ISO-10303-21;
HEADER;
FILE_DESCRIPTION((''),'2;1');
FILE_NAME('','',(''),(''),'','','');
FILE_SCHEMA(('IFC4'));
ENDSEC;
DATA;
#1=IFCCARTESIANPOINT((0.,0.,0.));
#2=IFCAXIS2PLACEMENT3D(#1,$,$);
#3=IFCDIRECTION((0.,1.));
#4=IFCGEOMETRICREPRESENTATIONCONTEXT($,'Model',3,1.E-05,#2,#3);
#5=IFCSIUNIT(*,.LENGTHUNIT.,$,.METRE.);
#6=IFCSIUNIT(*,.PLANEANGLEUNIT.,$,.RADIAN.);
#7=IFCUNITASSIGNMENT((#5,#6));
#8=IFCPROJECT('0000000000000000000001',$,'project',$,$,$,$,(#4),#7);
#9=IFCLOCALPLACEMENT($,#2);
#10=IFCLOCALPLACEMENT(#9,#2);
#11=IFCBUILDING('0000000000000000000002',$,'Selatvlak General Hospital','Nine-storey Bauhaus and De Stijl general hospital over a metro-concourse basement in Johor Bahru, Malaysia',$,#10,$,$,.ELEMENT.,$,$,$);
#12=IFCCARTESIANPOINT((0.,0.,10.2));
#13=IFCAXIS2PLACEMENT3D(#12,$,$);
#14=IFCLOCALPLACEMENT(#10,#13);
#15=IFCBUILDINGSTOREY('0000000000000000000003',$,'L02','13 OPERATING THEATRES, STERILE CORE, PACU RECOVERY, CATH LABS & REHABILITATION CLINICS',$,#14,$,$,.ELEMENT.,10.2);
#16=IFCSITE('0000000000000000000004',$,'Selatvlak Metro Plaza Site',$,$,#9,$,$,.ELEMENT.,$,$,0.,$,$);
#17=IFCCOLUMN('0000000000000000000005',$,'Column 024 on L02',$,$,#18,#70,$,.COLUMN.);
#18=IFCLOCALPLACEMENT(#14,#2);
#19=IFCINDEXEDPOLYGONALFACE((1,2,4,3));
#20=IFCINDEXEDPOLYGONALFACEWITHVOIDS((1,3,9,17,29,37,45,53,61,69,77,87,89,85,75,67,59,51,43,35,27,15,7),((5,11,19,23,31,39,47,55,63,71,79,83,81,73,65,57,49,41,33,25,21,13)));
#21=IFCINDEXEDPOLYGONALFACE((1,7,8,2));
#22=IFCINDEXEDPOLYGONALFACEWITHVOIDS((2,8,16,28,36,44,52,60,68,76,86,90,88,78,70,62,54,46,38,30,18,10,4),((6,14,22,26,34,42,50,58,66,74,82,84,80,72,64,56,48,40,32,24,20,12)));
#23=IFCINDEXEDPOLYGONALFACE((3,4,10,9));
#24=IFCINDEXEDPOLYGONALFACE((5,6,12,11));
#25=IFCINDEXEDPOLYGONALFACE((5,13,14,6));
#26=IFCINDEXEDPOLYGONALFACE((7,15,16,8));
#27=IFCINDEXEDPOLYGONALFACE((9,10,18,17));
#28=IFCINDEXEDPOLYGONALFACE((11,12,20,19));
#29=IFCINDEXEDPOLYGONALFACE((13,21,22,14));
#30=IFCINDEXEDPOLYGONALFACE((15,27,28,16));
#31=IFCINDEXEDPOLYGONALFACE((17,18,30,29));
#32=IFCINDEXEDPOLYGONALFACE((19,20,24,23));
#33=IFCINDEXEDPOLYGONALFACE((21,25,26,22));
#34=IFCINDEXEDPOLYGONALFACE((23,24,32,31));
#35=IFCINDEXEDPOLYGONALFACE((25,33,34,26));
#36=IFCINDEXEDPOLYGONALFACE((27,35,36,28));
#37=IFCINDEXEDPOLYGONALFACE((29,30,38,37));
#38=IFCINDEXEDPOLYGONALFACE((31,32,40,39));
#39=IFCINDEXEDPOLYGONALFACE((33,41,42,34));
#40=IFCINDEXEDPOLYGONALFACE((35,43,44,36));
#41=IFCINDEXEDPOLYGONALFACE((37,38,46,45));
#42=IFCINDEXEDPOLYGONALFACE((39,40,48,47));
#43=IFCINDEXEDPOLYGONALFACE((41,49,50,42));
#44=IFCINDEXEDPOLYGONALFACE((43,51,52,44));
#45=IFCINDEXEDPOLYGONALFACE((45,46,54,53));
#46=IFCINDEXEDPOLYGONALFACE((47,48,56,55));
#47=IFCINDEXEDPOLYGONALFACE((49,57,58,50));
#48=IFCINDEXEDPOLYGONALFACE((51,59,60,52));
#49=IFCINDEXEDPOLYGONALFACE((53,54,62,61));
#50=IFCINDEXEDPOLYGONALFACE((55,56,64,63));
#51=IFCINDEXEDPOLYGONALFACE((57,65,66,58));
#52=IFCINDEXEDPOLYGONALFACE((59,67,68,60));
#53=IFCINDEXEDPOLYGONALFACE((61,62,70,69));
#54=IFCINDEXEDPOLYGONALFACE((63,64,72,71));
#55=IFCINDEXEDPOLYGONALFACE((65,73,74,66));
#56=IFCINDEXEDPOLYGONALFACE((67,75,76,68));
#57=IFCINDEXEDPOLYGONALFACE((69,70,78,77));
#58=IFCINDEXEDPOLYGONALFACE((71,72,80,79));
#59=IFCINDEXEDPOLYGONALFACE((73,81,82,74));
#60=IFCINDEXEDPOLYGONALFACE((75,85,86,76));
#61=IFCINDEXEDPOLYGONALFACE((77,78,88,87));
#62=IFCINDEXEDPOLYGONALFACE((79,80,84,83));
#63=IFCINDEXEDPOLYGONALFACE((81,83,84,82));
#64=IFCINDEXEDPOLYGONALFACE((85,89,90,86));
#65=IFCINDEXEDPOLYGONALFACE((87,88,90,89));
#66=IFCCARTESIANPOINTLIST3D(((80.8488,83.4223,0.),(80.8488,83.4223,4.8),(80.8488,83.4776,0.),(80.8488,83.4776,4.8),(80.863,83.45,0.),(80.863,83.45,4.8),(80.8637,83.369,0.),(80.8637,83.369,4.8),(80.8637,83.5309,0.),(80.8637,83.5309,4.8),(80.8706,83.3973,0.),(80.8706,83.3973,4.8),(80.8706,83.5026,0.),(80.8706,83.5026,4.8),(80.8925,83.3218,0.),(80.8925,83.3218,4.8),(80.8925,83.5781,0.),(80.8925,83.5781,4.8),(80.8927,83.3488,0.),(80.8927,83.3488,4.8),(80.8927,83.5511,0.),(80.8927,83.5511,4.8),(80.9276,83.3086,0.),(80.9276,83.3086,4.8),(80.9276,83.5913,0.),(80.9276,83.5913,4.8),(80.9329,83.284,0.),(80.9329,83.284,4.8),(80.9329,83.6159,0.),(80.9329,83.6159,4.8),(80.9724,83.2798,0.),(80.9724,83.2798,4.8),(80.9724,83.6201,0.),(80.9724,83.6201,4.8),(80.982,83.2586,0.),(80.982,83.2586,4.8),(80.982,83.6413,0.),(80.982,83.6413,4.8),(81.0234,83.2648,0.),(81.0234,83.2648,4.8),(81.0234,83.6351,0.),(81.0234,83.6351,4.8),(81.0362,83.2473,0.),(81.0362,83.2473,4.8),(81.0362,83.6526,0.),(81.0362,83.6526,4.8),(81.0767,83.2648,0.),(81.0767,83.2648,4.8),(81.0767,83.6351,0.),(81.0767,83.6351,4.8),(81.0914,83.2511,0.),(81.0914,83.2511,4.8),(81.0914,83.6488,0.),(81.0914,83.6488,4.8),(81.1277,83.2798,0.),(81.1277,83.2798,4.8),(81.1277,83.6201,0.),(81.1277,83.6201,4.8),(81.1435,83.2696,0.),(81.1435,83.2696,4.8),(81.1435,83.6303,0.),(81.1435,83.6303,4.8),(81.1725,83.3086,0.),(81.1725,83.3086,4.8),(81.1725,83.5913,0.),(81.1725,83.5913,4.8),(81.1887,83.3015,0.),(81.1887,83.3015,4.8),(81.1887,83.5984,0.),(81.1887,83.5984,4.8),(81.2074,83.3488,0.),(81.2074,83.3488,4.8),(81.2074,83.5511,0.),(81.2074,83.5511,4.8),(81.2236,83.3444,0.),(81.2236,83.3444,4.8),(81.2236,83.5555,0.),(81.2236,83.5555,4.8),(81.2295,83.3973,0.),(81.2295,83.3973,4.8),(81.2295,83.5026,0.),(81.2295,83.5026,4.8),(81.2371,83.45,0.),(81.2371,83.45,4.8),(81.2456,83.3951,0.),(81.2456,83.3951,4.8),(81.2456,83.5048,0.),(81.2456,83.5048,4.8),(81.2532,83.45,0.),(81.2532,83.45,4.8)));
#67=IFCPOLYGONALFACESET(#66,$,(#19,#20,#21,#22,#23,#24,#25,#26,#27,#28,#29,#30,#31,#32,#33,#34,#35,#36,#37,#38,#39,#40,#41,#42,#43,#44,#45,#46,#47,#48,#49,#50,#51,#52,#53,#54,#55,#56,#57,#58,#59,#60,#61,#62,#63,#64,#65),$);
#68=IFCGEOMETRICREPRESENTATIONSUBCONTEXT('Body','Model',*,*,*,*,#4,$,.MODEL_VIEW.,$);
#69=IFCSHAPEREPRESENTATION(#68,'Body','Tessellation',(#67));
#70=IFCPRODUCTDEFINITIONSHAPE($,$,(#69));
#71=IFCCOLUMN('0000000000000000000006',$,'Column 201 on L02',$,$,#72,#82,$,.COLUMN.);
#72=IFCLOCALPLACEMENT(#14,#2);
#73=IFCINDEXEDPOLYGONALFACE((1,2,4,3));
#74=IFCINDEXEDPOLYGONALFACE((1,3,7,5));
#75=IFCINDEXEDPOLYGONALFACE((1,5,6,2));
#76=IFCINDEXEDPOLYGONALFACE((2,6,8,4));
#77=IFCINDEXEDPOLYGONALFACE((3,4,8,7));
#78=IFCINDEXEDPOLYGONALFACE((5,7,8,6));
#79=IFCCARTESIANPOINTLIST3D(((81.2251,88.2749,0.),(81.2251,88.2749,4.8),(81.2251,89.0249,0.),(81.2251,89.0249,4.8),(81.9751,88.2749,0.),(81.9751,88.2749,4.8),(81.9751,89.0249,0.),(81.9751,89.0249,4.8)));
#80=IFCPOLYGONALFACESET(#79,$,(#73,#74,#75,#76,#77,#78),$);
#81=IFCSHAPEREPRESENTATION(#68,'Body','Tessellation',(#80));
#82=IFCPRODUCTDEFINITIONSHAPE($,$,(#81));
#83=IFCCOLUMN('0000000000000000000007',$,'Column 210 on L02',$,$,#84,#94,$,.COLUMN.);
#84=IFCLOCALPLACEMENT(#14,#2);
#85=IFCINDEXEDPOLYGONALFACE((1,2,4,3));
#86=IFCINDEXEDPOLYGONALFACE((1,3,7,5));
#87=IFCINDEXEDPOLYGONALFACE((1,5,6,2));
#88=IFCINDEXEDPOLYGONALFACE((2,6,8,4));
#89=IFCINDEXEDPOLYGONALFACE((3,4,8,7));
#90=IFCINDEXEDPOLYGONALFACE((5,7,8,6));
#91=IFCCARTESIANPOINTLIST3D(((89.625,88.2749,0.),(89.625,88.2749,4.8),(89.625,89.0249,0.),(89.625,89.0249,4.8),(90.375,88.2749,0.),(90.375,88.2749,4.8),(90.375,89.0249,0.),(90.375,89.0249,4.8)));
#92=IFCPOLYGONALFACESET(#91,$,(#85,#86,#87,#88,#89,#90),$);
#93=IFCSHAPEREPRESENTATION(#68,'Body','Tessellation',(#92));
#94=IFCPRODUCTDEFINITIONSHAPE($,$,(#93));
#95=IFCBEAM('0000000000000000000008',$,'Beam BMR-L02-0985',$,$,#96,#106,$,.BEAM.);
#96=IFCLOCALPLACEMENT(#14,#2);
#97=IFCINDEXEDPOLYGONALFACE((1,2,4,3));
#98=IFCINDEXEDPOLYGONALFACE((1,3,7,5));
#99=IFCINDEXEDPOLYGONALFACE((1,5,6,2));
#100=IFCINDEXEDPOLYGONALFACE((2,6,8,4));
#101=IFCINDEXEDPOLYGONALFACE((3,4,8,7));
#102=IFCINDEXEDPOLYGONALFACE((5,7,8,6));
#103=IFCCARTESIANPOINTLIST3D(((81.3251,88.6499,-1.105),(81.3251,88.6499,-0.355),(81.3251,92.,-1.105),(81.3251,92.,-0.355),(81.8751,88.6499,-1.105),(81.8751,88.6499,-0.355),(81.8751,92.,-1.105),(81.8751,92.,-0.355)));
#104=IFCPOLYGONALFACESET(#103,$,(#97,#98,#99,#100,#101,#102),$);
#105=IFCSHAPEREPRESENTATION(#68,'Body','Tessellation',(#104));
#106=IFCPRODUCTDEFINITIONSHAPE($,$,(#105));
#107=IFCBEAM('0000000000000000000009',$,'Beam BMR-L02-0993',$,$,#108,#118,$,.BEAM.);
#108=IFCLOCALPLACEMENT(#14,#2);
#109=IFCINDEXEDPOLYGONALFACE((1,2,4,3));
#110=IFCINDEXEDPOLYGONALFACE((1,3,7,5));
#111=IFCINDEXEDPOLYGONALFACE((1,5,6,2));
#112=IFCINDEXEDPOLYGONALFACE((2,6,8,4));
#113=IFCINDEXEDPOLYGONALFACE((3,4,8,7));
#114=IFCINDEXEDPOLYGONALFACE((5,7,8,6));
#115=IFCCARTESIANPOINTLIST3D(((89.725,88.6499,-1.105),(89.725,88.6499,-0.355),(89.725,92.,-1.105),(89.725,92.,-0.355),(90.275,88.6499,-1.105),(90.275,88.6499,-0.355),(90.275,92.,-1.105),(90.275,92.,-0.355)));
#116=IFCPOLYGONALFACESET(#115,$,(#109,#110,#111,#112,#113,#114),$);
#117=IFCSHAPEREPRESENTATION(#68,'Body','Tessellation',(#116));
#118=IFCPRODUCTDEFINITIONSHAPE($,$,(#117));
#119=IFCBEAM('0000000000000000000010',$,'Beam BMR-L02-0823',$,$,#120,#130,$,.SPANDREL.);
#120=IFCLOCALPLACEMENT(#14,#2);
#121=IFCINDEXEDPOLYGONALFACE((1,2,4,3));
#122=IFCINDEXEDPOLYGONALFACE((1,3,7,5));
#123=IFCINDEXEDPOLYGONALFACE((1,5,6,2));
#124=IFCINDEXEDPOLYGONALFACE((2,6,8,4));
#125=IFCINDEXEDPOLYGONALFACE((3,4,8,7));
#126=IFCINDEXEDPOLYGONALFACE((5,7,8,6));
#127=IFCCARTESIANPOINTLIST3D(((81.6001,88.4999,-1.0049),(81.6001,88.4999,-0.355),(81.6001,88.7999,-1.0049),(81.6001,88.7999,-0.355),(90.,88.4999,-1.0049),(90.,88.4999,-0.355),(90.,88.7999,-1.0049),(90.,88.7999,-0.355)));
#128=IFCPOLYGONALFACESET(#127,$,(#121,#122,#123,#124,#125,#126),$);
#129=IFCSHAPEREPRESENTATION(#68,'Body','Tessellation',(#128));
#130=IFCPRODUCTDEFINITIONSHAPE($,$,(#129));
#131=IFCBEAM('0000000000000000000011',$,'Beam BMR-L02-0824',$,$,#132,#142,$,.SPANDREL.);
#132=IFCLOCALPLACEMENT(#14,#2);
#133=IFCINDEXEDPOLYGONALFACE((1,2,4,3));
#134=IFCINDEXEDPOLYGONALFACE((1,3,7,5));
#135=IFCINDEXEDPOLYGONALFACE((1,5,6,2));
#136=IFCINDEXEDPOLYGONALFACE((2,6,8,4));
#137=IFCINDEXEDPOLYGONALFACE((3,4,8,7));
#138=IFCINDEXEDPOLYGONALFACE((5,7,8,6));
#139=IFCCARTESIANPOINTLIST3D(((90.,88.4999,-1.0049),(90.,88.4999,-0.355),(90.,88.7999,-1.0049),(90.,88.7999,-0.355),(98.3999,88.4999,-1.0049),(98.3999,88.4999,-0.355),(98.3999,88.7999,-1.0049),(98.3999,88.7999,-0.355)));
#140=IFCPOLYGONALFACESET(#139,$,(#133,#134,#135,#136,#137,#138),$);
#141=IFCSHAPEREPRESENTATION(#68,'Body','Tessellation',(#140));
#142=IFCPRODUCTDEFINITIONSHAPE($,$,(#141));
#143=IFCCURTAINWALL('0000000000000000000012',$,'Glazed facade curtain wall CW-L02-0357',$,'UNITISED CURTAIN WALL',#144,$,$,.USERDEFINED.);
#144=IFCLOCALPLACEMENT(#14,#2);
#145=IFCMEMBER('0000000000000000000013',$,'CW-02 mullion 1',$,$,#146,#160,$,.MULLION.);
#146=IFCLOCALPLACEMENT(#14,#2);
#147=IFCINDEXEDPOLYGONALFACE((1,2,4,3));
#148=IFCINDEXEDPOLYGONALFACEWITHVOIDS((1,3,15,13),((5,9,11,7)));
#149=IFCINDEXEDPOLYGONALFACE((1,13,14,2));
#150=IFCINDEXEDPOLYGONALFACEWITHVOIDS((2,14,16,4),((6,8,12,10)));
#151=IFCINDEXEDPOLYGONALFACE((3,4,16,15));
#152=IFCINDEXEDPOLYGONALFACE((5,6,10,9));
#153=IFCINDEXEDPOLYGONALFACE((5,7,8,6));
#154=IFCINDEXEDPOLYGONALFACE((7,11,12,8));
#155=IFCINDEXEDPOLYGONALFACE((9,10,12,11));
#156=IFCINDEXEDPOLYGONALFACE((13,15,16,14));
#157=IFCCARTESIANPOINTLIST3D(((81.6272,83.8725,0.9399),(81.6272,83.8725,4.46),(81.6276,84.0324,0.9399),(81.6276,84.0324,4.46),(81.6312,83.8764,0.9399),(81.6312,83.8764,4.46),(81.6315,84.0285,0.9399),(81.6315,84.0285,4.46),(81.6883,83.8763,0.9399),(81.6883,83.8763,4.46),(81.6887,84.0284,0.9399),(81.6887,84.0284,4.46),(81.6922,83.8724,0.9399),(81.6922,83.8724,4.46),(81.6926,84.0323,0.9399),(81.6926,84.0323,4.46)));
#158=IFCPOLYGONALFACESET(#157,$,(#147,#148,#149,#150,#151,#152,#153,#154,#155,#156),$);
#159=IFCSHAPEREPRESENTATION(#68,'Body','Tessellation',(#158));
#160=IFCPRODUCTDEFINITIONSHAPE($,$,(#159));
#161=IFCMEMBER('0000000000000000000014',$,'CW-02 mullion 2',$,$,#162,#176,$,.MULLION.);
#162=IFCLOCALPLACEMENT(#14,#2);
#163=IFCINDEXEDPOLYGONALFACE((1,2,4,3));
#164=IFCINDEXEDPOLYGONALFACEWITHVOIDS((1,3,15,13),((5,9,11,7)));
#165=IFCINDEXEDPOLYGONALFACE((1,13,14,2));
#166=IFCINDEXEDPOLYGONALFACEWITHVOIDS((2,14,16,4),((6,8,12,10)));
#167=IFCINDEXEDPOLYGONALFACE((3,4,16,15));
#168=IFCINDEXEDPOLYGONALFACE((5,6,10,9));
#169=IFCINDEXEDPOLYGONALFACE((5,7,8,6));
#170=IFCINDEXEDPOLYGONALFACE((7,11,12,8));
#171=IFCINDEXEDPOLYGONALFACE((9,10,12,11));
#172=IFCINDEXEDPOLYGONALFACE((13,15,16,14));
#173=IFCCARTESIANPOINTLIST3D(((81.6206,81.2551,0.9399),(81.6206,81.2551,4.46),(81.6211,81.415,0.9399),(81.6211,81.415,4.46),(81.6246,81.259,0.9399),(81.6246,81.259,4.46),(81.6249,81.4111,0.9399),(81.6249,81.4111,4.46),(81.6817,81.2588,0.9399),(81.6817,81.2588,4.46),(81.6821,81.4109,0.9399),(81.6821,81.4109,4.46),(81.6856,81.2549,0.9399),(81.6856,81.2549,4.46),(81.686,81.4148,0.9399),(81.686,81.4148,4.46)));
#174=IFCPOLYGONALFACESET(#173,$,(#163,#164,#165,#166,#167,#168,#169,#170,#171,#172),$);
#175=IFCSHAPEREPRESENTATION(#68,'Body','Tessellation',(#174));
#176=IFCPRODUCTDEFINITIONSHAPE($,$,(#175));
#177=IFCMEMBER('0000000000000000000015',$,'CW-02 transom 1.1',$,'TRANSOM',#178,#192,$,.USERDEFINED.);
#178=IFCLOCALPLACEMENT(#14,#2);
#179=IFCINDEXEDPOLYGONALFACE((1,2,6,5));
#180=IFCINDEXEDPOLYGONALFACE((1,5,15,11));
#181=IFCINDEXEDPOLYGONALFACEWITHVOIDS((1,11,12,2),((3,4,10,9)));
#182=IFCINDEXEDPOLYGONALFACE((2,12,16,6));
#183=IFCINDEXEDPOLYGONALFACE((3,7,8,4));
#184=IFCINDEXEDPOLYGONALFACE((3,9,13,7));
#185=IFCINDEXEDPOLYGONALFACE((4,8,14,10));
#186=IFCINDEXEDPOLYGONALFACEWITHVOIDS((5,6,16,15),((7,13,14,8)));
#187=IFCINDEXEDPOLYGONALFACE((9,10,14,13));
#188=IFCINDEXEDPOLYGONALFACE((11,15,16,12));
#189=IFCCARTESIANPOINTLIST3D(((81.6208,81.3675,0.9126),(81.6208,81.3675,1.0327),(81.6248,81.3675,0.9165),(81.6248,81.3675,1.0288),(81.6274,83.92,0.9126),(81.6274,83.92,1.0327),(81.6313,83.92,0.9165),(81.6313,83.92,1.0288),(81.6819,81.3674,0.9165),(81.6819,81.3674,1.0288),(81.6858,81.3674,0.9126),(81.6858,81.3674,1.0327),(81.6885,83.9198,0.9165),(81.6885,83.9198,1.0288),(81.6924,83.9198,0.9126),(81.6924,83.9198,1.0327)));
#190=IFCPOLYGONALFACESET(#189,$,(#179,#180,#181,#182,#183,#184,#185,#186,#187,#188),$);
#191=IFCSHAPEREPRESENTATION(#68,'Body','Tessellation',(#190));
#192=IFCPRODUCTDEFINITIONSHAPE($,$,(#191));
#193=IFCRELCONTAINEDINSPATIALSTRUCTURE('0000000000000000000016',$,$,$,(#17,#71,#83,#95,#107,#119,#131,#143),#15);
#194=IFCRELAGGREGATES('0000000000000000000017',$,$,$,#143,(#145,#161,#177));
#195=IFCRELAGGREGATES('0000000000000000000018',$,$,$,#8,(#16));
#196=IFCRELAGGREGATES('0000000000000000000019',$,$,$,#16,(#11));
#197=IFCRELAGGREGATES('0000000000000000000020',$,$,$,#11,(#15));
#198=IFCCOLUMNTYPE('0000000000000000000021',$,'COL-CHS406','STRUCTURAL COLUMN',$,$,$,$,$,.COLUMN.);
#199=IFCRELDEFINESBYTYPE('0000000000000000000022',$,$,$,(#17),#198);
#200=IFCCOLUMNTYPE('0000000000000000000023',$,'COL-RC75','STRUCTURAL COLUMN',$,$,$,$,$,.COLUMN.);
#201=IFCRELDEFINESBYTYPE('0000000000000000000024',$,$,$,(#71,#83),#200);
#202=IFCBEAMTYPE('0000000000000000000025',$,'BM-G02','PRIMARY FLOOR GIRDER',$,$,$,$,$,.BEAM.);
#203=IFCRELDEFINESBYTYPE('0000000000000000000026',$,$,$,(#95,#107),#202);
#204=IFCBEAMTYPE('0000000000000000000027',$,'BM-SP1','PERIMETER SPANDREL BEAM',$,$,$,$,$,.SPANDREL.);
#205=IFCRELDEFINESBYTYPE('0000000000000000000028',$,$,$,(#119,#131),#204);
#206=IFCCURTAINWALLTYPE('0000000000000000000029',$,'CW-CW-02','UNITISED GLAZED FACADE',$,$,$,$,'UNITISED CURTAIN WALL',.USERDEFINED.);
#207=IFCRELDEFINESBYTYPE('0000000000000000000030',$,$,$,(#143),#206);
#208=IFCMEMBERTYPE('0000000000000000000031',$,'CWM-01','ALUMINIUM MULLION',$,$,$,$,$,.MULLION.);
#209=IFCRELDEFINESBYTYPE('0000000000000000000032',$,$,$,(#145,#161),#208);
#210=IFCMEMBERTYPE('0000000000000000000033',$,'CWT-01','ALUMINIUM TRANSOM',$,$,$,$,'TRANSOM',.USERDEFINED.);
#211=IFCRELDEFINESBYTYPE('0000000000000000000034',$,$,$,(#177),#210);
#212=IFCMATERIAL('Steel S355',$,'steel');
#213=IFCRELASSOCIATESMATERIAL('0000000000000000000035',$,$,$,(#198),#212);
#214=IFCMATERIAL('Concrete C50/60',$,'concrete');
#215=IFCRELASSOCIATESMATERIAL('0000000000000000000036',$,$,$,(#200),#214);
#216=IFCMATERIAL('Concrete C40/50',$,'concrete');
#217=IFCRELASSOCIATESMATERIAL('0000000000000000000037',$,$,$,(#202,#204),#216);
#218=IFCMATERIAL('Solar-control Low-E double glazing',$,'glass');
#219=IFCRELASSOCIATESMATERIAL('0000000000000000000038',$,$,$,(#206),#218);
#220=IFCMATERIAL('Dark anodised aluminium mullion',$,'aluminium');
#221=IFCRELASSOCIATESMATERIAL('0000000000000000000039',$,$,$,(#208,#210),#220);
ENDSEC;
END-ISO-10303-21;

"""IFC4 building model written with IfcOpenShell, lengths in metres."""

from ifc_helpers import new_model, si_unit, direction, frame, origin, origin_2d, place, context, subcontext, project, spatial, rectangle, hollow_rectangle, hollow_circle, extrude, material, material_profile, profile_set, type_object, element, aggregate, save


model = new_model("IFC4")

# Units and contexts
model_context = context("Model", 3, precision=1e-05, world=origin(), true_north=direction((0.0, 1.0)))
body_context = subcontext(model_context, "Body", "Model", "MODEL_VIEW")
ifc_project = project(units=[si_unit("LENGTHUNIT", "METRE"), si_unit("PLANEANGLEUNIT", "RADIAN")], contexts=[model_context])

# Site, building, storey
site_placement = place(None, origin())
site = spatial("IfcSite", under=ifc_project, at=site_placement, Name="Selatvlak Metro Plaza Site", CompositionType="ELEMENT", RefElevation=0.0)
building_placement = place(site_placement, origin())
building = spatial("IfcBuilding", under=site, at=building_placement, Name="Selatvlak General Hospital", Description="Nine-storey Bauhaus and De Stijl general hospital over a metro-concourse basement in Johor Bahru, Malaysia", CompositionType="ELEMENT")
storey_placement = place(building_placement, frame((0.0, 0.0, 10.2)))
storey = spatial("IfcBuildingStorey", under=building, at=storey_placement, Name="L02", Description="13 OPERATING THEATRES, STERILE CORE, PACU RECOVERY, CATH LABS & REHABILITATION CLINICS", CompositionType="ELEMENT", Elevation=10.2)

# Columns
ifc_material_1 = material(Name="Steel S355", Category="steel")
ifc_material_profile_1 = material_profile(ifc_material_1, hollow_circle(Radius=0.2031, WallThickness=0.0161, at=origin_2d()), Name="CHS 406.4x16")
ifc_profile_set_1 = profile_set([ifc_material_profile_1], Name="Steel S355")
column_type_1 = type_object("IfcColumnType", Name="COL-CHS406", Description="STRUCTURAL COLUMN", PredefinedType="COLUMN", material=ifc_profile_set_1)
column_placement = place(storey_placement, frame((81.05, 83.45, 0.0), z_axis=(0.0, 0.0, 1.0), x_axis=(1.0, 0.0, 0.0)))
element("IfcColumn", 1, at=column_placement, inside=storey, type_object=column_type_1, Name="Column 024 on L02", PredefinedType="COLUMN", context=body_context, shape_type="SweptSolid", body=[
    extrude(hollow_circle(Radius=0.2031, WallThickness=0.0161, at=origin_2d()), origin(), (0.0, 0.0, 1.0), 4.8),
])
ifc_material_2 = material(Name="Concrete C50/60", Category="concrete")
ifc_material_profile_2 = material_profile(ifc_material_2, rectangle(XDim=0.75, YDim=0.75, at=origin_2d()), Name="RC-COL 750x750")
ifc_profile_set_2 = profile_set([ifc_material_profile_2], Name="Concrete C50/60")
column_type_2 = type_object("IfcColumnType", Name="COL-RC75", Description="STRUCTURAL COLUMN", PredefinedType="COLUMN", material=ifc_profile_set_2)
for number, where, z_axis, x_axis, name in (
    (2, (81.6001, 88.6499, 0.0), (0.0, 0.0, 1.0), (1.0, 0.0, 0.0), "Column 201 on L02"),
    (3, (90.0, 88.6499, 0.0), (0.0, 0.0, 1.0), (1.0, 0.0, 0.0), "Column 210 on L02"),
):
    element("IfcColumn", number, at=place(storey_placement, frame(where, z_axis=z_axis, x_axis=x_axis)), inside=storey, type_object=column_type_2, Name=name, PredefinedType="COLUMN", context=body_context, shape_type="SweptSolid", body=[
        extrude(rectangle(XDim=0.75, YDim=0.75, at=origin_2d()), origin(), (0.0, 0.0, 1.0), 4.8),
    ])

# Beams
ifc_material_3 = material(Name="Concrete C40/50", Category="concrete")
ifc_material_profile_3 = material_profile(ifc_material_3, rectangle(XDim=0.55, YDim=0.75, at=origin_2d()), Name="RC-BM 550x750")
ifc_profile_set_3 = profile_set([ifc_material_profile_3], Name="Concrete C40/50")
beam_type_1 = type_object("IfcBeamType", Name="BM-G02", Description="PRIMARY FLOOR GIRDER", PredefinedType="BEAM", material=ifc_profile_set_3)
for number, where, z_axis, x_axis, name in (
    (4, (81.6001, 88.6499, -0.73), (0.0, 1.0, 0.0), (-1.0, 0.0, 0.0), "Beam BMR-L02-0985"),
    (5, (90.0, 88.6499, -0.73), (0.0, 1.0, 0.0), (-1.0, 0.0, 0.0), "Beam BMR-L02-0993"),
):
    element("IfcBeam", number, at=place(storey_placement, frame(where, z_axis=z_axis, x_axis=x_axis)), inside=storey, type_object=beam_type_1, Name=name, PredefinedType="BEAM", context=body_context, shape_type="SweptSolid", body=[
        extrude(rectangle(XDim=0.55, YDim=0.75, at=origin_2d()), origin(), (0.0, 0.0, 1.0), 3.3501),
    ])
ifc_material_profile_4 = material_profile(ifc_material_3, rectangle(XDim=0.3, YDim=0.6499, at=origin_2d()), Name="RC-SP 300x650")
ifc_profile_set_4 = profile_set([ifc_material_profile_4], Name="Concrete C40/50")
beam_type_2 = type_object("IfcBeamType", Name="BM-SP1", Description="PERIMETER SPANDREL BEAM", PredefinedType="SPANDREL", material=ifc_profile_set_4)
for number, where, z_axis, x_axis, name in (
    (6, (81.6001, 88.6499, -0.6799), (1.0, 0.0, 0.0), (0.0, 1.0, 0.0), "Beam BMR-L02-0823"),
    (7, (90.0, 88.6499, -0.6799), (1.0, 0.0, 0.0), (0.0, 1.0, 0.0), "Beam BMR-L02-0824"),
):
    element("IfcBeam", number, at=place(storey_placement, frame(where, z_axis=z_axis, x_axis=x_axis)), inside=storey, type_object=beam_type_2, Name=name, PredefinedType="SPANDREL", context=body_context, shape_type="SweptSolid", body=[
        extrude(rectangle(XDim=0.3, YDim=0.6499, at=origin_2d()), origin(), (0.0, 0.0, 1.0), 8.3999),
    ])

# Curtain wall, members
ifc_material_4 = material(Name="Solar-control Low-E double glazing", Category="glass")
curtain_wall_type = type_object("IfcCurtainWallType", Name="CW-CW-02", Description="UNITISED GLAZED FACADE", ElementType="UNITISED CURTAIN WALL", PredefinedType="USERDEFINED", material=ifc_material_4)
curtain_wall_placement = place(storey_placement, origin())
curtain_wall = element("IfcCurtainWall", 8, at=curtain_wall_placement, inside=storey, type_object=curtain_wall_type, Name="Glazed facade curtain wall CW-L02-0357", ObjectType="UNITISED CURTAIN WALL", PredefinedType="USERDEFINED")
ifc_material_5 = material(Name="Dark anodised aluminium mullion", Category="aluminium")
ifc_material_profile_5 = material_profile(ifc_material_5, hollow_rectangle(XDim=0.0649, YDim=0.1599, WallThickness=0.0039, at=origin_2d()), Name="AL-MUL 65x160x4")
ifc_profile_set_5 = profile_set([ifc_material_profile_5], Name="Dark anodised aluminium mullion")
member_type_1 = type_object("IfcMemberType", Name="CWM-01", Description="ALUMINIUM MULLION", PredefinedType="MULLION", material=ifc_profile_set_5)
member_1_placement = place(storey_placement, frame((81.6599, 83.9524, 0.9399), z_axis=(0.0, 0.0, 1.0), x_axis=(0.999997, -0.002516, 0.0)))
member_1 = element("IfcMember", 9, at=member_1_placement, type_object=member_type_1, Name="CW-02 mullion 1", PredefinedType="MULLION", context=body_context, shape_type="SweptSolid", body=[
    extrude(hollow_rectangle(XDim=0.0649, YDim=0.1599, WallThickness=0.0039, at=origin_2d()), origin(), (0.0, 0.0, 1.0), 3.52),
])
member_2_placement = place(storey_placement, frame((81.6533, 81.335, 0.9399), z_axis=(0.0, 0.0, 1.0), x_axis=(0.999997, -0.002516, 0.0)))
member_2 = element("IfcMember", 10, at=member_2_placement, type_object=member_type_1, Name="CW-02 mullion 2", PredefinedType="MULLION", context=body_context, shape_type="SweptSolid", body=[
    extrude(hollow_rectangle(XDim=0.0649, YDim=0.1599, WallThickness=0.0039, at=origin_2d()), origin(), (0.0, 0.0, 1.0), 3.52),
])
ifc_material_profile_6 = material_profile(ifc_material_5, hollow_rectangle(XDim=0.0649, YDim=0.1201, WallThickness=0.0039, at=origin_2d()), Name="AL-TRN 65x120x4")
ifc_profile_set_6 = profile_set([ifc_material_profile_6], Name="Dark anodised aluminium mullion")
member_type_2 = type_object("IfcMemberType", Name="CWT-01", Description="ALUMINIUM TRANSOM", ElementType="TRANSOM", PredefinedType="USERDEFINED", material=ifc_profile_set_6)
member_3_placement = place(storey_placement, frame((81.6599, 83.9199, 0.9727), z_axis=(-0.002582, -0.999997, 0.0), x_axis=(0.999997, -0.002582, 0.0)))
member_3 = element("IfcMember", 11, at=member_3_placement, type_object=member_type_2, Name="CW-02 transom 1.1", ObjectType="TRANSOM", PredefinedType="USERDEFINED", context=body_context, shape_type="SweptSolid", body=[
    extrude(hollow_rectangle(XDim=0.0649, YDim=0.1201, WallThickness=0.0039, at=origin_2d()), origin(), (0.0, 0.0, 1.0), 2.5525),
])
aggregate(curtain_wall, [member_1, member_2, member_3])

save(model, "model.ifc")
